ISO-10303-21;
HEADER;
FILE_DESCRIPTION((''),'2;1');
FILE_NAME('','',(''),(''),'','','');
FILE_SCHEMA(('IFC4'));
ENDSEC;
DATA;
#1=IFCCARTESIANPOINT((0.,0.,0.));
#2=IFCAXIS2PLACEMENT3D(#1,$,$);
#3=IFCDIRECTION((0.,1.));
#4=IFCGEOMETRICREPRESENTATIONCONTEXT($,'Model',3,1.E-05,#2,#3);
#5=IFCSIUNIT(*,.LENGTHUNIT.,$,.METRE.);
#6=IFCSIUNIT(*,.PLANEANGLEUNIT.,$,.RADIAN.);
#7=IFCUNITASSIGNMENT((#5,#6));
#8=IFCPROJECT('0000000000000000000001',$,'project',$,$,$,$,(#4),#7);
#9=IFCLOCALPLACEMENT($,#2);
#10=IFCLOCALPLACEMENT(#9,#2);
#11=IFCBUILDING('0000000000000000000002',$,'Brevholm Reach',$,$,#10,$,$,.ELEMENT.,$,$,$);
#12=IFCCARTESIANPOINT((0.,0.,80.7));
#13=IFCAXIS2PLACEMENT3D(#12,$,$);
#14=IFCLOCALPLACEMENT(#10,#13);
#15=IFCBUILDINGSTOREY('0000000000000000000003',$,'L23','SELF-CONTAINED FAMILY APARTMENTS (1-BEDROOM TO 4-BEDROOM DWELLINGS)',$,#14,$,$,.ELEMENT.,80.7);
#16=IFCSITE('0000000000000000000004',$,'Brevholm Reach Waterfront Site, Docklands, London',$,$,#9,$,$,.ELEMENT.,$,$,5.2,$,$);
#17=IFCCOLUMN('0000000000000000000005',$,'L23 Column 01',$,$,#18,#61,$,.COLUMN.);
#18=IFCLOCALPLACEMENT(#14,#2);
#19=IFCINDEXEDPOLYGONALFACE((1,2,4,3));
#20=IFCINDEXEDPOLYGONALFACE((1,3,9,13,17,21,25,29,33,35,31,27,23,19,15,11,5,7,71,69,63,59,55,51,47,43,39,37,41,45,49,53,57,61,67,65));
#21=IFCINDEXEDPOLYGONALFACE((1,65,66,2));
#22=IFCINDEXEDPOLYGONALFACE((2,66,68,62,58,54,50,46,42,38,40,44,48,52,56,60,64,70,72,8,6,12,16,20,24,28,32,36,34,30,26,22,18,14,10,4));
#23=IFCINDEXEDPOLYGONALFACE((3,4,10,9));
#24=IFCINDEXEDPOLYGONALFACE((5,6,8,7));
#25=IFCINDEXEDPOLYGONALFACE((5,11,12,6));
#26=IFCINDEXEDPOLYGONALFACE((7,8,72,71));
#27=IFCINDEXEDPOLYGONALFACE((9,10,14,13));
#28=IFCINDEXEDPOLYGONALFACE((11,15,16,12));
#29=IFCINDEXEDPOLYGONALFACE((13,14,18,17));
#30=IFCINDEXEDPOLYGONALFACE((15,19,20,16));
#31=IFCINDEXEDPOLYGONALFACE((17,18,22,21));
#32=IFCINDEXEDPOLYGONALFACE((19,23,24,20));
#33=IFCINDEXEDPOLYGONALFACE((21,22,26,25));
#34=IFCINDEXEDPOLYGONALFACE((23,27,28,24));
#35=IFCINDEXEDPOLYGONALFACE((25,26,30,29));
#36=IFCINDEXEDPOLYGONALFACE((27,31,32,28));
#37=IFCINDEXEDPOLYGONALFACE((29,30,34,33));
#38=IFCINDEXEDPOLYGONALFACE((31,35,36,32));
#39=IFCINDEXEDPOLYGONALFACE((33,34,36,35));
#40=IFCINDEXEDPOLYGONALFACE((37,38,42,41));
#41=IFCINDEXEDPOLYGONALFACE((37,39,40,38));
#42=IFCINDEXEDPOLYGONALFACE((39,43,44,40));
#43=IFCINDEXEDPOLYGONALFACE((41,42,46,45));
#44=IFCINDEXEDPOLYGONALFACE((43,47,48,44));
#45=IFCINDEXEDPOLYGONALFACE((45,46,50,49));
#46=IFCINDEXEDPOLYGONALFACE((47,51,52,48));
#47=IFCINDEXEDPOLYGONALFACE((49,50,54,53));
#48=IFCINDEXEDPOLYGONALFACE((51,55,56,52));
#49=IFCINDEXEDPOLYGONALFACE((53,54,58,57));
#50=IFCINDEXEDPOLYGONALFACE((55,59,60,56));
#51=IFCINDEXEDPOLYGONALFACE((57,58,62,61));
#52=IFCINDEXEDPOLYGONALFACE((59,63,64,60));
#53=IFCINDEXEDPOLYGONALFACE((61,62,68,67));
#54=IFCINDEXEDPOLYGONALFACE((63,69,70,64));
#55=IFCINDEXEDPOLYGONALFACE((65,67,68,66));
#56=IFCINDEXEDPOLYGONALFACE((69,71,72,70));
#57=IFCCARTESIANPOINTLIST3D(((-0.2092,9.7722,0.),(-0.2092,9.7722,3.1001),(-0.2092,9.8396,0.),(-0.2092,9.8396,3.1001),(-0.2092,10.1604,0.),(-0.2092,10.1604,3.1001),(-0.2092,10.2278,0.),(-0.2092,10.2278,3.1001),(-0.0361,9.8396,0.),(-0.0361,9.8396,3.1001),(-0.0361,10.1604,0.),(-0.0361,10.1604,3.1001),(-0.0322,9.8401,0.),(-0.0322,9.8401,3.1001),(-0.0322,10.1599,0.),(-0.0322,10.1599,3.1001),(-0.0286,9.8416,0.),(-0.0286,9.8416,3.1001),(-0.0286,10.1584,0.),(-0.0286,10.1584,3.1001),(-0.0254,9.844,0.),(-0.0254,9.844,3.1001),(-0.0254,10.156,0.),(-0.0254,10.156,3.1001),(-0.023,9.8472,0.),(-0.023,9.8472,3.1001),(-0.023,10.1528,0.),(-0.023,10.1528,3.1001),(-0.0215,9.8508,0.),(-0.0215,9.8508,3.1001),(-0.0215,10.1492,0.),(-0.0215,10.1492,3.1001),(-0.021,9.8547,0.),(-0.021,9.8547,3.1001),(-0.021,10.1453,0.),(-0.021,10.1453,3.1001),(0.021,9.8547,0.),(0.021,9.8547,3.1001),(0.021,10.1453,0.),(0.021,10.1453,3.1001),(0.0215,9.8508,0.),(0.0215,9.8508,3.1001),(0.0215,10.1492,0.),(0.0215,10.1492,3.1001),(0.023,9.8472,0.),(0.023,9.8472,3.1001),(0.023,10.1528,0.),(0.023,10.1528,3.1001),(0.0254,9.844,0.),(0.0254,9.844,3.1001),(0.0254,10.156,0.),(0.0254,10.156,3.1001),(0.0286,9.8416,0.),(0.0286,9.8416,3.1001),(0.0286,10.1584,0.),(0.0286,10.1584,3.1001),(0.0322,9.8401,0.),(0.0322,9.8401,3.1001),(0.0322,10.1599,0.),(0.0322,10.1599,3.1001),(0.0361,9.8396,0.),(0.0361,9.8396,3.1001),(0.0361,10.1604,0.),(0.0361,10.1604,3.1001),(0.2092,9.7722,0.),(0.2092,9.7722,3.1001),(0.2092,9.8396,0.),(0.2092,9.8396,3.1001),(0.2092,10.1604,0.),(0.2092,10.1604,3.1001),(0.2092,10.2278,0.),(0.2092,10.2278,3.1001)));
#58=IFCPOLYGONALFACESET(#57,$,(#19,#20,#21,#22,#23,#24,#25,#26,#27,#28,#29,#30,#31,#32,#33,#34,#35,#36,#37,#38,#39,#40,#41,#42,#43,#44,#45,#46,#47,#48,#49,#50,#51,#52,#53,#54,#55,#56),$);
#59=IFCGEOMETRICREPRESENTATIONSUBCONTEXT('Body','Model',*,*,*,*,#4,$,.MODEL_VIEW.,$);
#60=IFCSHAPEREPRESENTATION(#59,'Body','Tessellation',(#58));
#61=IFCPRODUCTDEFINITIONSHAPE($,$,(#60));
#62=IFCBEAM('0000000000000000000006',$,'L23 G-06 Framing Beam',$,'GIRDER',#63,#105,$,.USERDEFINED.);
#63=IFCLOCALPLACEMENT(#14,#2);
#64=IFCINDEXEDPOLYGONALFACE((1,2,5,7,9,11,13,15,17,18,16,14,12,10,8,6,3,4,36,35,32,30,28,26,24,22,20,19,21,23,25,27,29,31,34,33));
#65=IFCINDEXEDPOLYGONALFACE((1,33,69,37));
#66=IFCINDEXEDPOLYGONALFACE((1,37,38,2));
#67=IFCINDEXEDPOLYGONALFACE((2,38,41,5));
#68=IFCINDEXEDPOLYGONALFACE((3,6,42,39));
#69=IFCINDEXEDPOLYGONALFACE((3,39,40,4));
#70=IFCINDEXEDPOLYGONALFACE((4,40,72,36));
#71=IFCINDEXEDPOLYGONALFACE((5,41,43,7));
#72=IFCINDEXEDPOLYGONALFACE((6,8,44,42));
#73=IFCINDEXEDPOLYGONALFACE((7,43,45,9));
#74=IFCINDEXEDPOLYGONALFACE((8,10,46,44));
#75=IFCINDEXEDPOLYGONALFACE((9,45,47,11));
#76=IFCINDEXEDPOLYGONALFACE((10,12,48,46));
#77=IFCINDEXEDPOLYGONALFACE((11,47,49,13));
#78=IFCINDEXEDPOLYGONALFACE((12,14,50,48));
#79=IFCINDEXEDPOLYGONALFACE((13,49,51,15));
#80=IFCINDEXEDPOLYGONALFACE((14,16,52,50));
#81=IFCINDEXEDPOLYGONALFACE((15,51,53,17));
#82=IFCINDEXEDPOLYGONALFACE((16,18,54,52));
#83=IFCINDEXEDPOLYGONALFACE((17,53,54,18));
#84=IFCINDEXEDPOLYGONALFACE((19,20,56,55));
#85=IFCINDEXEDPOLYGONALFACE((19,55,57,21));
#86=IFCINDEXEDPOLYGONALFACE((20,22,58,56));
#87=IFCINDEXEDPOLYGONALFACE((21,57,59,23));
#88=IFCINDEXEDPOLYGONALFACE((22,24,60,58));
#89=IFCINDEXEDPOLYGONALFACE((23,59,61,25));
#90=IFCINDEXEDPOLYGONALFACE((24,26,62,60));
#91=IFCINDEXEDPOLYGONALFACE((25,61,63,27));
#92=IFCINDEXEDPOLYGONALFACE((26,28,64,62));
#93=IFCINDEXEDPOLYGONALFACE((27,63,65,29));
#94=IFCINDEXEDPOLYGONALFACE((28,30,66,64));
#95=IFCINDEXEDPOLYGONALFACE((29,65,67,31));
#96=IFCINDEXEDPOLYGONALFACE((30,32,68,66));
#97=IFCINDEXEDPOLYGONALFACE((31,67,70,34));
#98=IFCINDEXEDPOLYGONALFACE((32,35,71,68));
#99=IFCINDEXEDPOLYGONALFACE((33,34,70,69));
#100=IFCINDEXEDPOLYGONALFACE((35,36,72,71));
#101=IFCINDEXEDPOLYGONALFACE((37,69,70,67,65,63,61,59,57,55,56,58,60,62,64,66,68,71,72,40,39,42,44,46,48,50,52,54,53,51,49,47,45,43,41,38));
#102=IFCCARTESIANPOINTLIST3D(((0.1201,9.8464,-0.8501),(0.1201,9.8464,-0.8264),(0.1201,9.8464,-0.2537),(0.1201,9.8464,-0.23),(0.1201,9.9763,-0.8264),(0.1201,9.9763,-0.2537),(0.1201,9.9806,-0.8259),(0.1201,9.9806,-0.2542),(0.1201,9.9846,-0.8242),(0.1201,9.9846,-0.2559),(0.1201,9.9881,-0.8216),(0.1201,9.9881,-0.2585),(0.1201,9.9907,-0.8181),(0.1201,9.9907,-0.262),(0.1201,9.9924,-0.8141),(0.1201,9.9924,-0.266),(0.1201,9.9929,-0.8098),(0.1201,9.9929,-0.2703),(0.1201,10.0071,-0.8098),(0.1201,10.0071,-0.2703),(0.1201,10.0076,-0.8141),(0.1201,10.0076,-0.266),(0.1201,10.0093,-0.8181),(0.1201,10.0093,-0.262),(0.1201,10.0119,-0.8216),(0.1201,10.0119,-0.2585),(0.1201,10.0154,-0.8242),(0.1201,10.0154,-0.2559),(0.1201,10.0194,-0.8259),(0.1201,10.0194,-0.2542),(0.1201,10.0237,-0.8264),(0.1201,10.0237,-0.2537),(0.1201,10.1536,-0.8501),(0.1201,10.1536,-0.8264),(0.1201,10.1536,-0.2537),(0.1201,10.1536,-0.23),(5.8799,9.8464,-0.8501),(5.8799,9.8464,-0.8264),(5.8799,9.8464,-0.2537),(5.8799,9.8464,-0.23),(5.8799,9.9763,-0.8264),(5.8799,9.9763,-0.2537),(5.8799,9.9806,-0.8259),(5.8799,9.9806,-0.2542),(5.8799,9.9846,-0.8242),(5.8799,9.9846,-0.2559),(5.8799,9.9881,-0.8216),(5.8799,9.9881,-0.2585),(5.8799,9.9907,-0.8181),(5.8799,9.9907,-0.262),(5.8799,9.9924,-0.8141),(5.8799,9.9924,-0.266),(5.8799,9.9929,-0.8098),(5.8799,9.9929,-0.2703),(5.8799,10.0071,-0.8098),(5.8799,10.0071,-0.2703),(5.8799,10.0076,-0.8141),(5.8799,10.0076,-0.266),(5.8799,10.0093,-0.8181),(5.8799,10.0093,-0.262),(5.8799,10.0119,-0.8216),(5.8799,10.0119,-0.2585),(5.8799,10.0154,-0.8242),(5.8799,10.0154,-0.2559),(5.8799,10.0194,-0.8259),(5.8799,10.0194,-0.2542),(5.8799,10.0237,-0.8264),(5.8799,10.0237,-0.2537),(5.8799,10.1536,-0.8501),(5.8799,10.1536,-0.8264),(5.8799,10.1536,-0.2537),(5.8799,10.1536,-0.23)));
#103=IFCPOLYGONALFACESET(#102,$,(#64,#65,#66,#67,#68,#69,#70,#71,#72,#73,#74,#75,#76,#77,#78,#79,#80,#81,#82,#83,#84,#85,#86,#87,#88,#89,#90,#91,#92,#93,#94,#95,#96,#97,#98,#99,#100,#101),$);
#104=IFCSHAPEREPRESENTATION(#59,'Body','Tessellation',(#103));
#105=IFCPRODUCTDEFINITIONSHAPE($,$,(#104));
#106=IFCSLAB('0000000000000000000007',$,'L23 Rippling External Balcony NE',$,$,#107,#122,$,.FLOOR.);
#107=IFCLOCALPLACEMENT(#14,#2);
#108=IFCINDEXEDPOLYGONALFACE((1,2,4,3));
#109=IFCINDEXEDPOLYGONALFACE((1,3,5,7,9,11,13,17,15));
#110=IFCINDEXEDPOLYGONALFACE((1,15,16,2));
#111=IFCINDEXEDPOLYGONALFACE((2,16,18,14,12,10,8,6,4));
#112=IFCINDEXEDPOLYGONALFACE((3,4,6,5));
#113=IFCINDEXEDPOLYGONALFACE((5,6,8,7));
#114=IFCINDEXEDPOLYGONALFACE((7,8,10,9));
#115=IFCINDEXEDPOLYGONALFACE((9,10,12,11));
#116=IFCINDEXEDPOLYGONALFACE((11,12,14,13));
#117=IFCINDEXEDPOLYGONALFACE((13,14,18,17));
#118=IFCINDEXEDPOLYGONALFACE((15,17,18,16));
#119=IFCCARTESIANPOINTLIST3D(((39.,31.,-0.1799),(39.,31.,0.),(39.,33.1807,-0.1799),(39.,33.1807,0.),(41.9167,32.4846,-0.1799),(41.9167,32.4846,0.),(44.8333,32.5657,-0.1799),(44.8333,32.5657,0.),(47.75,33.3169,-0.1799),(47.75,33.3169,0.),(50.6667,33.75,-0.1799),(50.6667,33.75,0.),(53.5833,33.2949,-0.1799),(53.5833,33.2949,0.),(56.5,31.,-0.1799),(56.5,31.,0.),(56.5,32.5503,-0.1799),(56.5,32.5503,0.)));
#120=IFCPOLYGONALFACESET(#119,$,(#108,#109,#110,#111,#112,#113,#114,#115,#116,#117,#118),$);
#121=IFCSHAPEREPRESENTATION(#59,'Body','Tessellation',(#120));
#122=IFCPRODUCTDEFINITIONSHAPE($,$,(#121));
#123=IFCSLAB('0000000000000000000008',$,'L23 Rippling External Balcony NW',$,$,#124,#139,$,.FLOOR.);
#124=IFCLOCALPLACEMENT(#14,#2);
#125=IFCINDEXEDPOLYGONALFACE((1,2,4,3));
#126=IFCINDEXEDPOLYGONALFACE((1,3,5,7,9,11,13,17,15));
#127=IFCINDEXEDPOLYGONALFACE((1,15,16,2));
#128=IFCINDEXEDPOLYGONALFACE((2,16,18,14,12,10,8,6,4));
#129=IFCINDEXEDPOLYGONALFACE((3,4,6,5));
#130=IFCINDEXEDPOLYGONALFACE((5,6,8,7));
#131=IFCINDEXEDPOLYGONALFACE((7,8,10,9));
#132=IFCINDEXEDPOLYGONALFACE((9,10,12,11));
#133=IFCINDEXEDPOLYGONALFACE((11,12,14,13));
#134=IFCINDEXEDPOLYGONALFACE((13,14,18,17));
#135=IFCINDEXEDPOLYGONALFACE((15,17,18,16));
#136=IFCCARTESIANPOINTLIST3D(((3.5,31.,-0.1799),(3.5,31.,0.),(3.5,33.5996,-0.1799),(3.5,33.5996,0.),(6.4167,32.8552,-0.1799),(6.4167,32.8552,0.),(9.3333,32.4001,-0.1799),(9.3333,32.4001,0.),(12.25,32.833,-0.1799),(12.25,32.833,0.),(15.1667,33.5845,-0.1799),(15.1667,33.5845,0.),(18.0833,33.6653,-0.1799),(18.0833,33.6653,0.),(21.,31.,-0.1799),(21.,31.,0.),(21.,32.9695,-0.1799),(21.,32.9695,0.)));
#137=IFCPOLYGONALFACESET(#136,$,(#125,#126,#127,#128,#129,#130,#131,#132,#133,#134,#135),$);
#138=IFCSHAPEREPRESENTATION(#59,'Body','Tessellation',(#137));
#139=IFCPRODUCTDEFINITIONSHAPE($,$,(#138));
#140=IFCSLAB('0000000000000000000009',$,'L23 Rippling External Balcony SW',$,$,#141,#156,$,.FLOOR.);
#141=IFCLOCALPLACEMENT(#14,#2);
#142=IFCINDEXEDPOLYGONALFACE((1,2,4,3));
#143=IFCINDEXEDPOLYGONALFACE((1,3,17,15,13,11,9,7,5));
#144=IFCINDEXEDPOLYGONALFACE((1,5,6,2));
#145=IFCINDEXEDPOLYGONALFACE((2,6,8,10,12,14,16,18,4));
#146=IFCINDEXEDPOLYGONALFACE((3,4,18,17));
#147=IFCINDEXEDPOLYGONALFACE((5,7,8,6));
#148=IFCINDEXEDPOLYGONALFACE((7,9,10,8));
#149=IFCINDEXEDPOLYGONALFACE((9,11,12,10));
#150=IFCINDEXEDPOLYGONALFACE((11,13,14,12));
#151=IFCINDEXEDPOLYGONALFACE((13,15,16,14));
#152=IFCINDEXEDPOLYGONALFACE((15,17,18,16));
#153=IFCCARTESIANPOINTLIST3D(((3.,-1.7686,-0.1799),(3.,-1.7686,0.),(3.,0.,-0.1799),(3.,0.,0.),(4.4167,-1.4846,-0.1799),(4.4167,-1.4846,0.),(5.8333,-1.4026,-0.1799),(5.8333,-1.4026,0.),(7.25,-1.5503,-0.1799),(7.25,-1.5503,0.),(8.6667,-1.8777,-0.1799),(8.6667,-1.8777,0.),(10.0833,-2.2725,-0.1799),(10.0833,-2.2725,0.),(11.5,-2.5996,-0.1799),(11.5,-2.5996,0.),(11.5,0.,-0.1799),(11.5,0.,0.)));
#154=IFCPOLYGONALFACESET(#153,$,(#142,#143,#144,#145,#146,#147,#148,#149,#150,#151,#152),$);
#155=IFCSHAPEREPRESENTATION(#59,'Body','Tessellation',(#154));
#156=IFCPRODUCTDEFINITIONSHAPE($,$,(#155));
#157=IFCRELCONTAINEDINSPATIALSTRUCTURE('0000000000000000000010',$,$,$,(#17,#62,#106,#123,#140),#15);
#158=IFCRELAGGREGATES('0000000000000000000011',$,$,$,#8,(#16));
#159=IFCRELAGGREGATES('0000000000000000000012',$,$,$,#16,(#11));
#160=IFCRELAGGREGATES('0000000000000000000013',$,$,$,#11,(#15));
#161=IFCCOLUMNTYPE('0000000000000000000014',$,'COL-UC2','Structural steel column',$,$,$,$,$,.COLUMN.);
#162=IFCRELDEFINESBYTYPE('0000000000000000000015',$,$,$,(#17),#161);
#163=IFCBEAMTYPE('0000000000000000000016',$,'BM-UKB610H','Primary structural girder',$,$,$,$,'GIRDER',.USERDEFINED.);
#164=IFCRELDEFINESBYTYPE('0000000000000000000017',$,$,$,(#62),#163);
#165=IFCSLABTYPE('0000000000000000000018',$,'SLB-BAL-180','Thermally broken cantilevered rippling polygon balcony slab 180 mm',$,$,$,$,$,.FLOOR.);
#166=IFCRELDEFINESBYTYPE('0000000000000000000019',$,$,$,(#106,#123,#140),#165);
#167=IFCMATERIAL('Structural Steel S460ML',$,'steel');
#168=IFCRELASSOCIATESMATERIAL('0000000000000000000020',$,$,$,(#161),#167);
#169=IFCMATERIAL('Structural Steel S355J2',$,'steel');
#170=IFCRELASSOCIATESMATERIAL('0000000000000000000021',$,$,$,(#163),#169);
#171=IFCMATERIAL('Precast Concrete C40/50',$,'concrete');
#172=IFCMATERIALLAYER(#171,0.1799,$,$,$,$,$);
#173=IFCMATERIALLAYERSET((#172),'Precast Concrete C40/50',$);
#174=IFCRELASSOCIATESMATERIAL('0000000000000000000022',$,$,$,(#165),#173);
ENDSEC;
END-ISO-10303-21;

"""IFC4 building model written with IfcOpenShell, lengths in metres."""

from ifc_helpers import new_model, si_unit, direction, frame, origin, origin_2d, place, context, subcontext, project, spatial, polyline, i_section, outline, extrude, material, layer, layer_set, material_profile, profile_set, type_object, element, save


model = new_model("IFC4")

# Units and contexts
model_context = context("Model", 3, precision=1e-05, world=origin(), true_north=direction((0.0, 1.0)))
body_context = subcontext(model_context, "Body", "Model", "MODEL_VIEW")
ifc_project = project(units=[si_unit("LENGTHUNIT", "METRE"), si_unit("PLANEANGLEUNIT", "RADIAN")], contexts=[model_context])

# Site, building, storey
site_placement = place(None, origin())
site = spatial("IfcSite", under=ifc_project, at=site_placement, Name="Brevholm Reach Waterfront Site, Docklands, London", CompositionType="ELEMENT", RefElevation=5.2)
building_placement = place(site_placement, origin())
building = spatial("IfcBuilding", under=site, at=building_placement, Name="Brevholm Reach", CompositionType="ELEMENT")
storey_placement = place(building_placement, frame((0.0, 0.0, 80.7)))
storey = spatial("IfcBuildingStorey", under=building, at=storey_placement, Name="L23", Description="SELF-CONTAINED FAMILY APARTMENTS (1-BEDROOM TO 4-BEDROOM DWELLINGS)", CompositionType="ELEMENT", Elevation=80.7)

# Column
ifc_material_1 = material(Name="Structural Steel S460ML", Category="steel")
ifc_material_profile_1 = material_profile(ifc_material_1, i_section(OverallWidth=0.4185, OverallDepth=0.4556, WebThickness=0.042, FlangeThickness=0.0674, FilletRadius=0.0151, at=origin_2d()), Name="UKC 356x406x551")
ifc_profile_set_1 = profile_set([ifc_material_profile_1], Name="Structural Steel S460ML")
column_type = type_object("IfcColumnType", Name="COL-UC2", Description="Structural steel column", PredefinedType="COLUMN", material=ifc_profile_set_1)
column_placement = place(storey_placement, frame((0.0, 10.0, 0.0), z_axis=(0.0, 0.0, 1.0), x_axis=(1.0, 0.0, 0.0)))
element("IfcColumn", 1, at=column_placement, inside=storey, type_object=column_type, Name="L23 Column 01", PredefinedType="COLUMN", context=body_context, shape_type="SweptSolid", body=[
    extrude(i_section(OverallWidth=0.4185, OverallDepth=0.4556, WebThickness=0.042, FlangeThickness=0.0674, FilletRadius=0.0151, at=origin_2d()), origin(), (0.0, 0.0, 1.0), 3.1001),
])

# Beam
ifc_material_2 = material(Name="Structural Steel S355J2", Category="steel")
ifc_material_profile_2 = material_profile(ifc_material_2, i_section(OverallWidth=0.3071, OverallDepth=0.6201, WebThickness=0.0142, FlangeThickness=0.0237, FilletRadius=0.0166, at=origin_2d()), Name="UKB 610x305x179")
ifc_profile_set_2 = profile_set([ifc_material_profile_2], Name="Structural Steel S355J2")
beam_type = type_object("IfcBeamType", Name="BM-UKB610H", Description="Primary structural girder", ElementType="GIRDER", PredefinedType="USERDEFINED", material=ifc_profile_set_2)
beam_placement = place(storey_placement, frame((0.1201, 10.0, -0.54), z_axis=(1.0, 0.0, 0.0), x_axis=(0.0, 1.0, 0.0)))
element("IfcBeam", 2, at=beam_placement, inside=storey, type_object=beam_type, Name="L23 G-06 Framing Beam", ObjectType="GIRDER", PredefinedType="USERDEFINED", context=body_context, shape_type="SweptSolid", body=[
    extrude(i_section(OverallWidth=0.3071, OverallDepth=0.6201, WebThickness=0.0142, FlangeThickness=0.0237, FilletRadius=0.0166, at=origin_2d()), origin(), (0.0, 0.0, 1.0), 5.7598),
])

# Slabs
ifc_material_3 = material(Name="Precast Concrete C40/50", Category="concrete")
ifc_layer_1 = layer(ifc_material_3, 0.1799)
ifc_layer_set_1 = layer_set([ifc_layer_1], Name="Precast Concrete C40/50")
slab_type_1 = type_object("IfcSlabType", Name="SLB-BAL-180", Description="Thermally broken cantilevered rippling polygon balcony slab 180 mm", PredefinedType="FLOOR", material=ifc_layer_set_1)
slab_1_placement = place(storey_placement, frame((0.0, 0.0, -0.1799)))
element("IfcSlab", 3, at=slab_1_placement, inside=storey, type_object=slab_type_1, Name="L23 Rippling External Balcony NE", PredefinedType="FLOOR", context=body_context, shape_type="SweptSolid", body=[
    extrude(outline(polyline([(39.0, 31.0), (56.5, 31.0), (56.5, 32.5503), (53.5833, 33.2949), (50.6667, 33.75), (47.75, 33.3169), (44.8333, 32.5657), (41.9167, 32.4846), (39.0, 33.1807), (39.0, 31.0)])), origin(), (0.0, 0.0, 1.0), 0.1799),
])
slab_2_placement = place(storey_placement, frame((0.0, 0.0, -0.1799)))
element("IfcSlab", 4, at=slab_2_placement, inside=storey, type_object=slab_type_1, Name="L23 Rippling External Balcony NW", PredefinedType="FLOOR", context=body_context, shape_type="SweptSolid", body=[
    extrude(outline(polyline([(3.5, 31.0), (21.0, 31.0), (21.0, 32.9695), (18.0833, 33.6653), (15.1667, 33.5845), (12.25, 32.833), (9.3333, 32.4001), (6.4167, 32.8552), (3.5, 33.5996), (3.5, 31.0)])), origin(), (0.0, 0.0, 1.0), 0.1799),
])
slab_3_placement = place(storey_placement, frame((0.0, 0.0, -0.1799)))
element("IfcSlab", 5, at=slab_3_placement, inside=storey, type_object=slab_type_1, Name="L23 Rippling External Balcony SW", PredefinedType="FLOOR", context=body_context, shape_type="SweptSolid", body=[
    extrude(outline(polyline([(3.0, -1.7686), (4.4167, -1.4846), (5.8333, -1.4026), (7.25, -1.5503), (8.6667, -1.8777), (10.0833, -2.2725), (11.5, -2.5996), (11.5, 0.0), (3.0, 0.0), (3.0, -1.7686)])), origin(), (0.0, 0.0, 1.0), 0.1799),
])

save(model, "model.ifc")
